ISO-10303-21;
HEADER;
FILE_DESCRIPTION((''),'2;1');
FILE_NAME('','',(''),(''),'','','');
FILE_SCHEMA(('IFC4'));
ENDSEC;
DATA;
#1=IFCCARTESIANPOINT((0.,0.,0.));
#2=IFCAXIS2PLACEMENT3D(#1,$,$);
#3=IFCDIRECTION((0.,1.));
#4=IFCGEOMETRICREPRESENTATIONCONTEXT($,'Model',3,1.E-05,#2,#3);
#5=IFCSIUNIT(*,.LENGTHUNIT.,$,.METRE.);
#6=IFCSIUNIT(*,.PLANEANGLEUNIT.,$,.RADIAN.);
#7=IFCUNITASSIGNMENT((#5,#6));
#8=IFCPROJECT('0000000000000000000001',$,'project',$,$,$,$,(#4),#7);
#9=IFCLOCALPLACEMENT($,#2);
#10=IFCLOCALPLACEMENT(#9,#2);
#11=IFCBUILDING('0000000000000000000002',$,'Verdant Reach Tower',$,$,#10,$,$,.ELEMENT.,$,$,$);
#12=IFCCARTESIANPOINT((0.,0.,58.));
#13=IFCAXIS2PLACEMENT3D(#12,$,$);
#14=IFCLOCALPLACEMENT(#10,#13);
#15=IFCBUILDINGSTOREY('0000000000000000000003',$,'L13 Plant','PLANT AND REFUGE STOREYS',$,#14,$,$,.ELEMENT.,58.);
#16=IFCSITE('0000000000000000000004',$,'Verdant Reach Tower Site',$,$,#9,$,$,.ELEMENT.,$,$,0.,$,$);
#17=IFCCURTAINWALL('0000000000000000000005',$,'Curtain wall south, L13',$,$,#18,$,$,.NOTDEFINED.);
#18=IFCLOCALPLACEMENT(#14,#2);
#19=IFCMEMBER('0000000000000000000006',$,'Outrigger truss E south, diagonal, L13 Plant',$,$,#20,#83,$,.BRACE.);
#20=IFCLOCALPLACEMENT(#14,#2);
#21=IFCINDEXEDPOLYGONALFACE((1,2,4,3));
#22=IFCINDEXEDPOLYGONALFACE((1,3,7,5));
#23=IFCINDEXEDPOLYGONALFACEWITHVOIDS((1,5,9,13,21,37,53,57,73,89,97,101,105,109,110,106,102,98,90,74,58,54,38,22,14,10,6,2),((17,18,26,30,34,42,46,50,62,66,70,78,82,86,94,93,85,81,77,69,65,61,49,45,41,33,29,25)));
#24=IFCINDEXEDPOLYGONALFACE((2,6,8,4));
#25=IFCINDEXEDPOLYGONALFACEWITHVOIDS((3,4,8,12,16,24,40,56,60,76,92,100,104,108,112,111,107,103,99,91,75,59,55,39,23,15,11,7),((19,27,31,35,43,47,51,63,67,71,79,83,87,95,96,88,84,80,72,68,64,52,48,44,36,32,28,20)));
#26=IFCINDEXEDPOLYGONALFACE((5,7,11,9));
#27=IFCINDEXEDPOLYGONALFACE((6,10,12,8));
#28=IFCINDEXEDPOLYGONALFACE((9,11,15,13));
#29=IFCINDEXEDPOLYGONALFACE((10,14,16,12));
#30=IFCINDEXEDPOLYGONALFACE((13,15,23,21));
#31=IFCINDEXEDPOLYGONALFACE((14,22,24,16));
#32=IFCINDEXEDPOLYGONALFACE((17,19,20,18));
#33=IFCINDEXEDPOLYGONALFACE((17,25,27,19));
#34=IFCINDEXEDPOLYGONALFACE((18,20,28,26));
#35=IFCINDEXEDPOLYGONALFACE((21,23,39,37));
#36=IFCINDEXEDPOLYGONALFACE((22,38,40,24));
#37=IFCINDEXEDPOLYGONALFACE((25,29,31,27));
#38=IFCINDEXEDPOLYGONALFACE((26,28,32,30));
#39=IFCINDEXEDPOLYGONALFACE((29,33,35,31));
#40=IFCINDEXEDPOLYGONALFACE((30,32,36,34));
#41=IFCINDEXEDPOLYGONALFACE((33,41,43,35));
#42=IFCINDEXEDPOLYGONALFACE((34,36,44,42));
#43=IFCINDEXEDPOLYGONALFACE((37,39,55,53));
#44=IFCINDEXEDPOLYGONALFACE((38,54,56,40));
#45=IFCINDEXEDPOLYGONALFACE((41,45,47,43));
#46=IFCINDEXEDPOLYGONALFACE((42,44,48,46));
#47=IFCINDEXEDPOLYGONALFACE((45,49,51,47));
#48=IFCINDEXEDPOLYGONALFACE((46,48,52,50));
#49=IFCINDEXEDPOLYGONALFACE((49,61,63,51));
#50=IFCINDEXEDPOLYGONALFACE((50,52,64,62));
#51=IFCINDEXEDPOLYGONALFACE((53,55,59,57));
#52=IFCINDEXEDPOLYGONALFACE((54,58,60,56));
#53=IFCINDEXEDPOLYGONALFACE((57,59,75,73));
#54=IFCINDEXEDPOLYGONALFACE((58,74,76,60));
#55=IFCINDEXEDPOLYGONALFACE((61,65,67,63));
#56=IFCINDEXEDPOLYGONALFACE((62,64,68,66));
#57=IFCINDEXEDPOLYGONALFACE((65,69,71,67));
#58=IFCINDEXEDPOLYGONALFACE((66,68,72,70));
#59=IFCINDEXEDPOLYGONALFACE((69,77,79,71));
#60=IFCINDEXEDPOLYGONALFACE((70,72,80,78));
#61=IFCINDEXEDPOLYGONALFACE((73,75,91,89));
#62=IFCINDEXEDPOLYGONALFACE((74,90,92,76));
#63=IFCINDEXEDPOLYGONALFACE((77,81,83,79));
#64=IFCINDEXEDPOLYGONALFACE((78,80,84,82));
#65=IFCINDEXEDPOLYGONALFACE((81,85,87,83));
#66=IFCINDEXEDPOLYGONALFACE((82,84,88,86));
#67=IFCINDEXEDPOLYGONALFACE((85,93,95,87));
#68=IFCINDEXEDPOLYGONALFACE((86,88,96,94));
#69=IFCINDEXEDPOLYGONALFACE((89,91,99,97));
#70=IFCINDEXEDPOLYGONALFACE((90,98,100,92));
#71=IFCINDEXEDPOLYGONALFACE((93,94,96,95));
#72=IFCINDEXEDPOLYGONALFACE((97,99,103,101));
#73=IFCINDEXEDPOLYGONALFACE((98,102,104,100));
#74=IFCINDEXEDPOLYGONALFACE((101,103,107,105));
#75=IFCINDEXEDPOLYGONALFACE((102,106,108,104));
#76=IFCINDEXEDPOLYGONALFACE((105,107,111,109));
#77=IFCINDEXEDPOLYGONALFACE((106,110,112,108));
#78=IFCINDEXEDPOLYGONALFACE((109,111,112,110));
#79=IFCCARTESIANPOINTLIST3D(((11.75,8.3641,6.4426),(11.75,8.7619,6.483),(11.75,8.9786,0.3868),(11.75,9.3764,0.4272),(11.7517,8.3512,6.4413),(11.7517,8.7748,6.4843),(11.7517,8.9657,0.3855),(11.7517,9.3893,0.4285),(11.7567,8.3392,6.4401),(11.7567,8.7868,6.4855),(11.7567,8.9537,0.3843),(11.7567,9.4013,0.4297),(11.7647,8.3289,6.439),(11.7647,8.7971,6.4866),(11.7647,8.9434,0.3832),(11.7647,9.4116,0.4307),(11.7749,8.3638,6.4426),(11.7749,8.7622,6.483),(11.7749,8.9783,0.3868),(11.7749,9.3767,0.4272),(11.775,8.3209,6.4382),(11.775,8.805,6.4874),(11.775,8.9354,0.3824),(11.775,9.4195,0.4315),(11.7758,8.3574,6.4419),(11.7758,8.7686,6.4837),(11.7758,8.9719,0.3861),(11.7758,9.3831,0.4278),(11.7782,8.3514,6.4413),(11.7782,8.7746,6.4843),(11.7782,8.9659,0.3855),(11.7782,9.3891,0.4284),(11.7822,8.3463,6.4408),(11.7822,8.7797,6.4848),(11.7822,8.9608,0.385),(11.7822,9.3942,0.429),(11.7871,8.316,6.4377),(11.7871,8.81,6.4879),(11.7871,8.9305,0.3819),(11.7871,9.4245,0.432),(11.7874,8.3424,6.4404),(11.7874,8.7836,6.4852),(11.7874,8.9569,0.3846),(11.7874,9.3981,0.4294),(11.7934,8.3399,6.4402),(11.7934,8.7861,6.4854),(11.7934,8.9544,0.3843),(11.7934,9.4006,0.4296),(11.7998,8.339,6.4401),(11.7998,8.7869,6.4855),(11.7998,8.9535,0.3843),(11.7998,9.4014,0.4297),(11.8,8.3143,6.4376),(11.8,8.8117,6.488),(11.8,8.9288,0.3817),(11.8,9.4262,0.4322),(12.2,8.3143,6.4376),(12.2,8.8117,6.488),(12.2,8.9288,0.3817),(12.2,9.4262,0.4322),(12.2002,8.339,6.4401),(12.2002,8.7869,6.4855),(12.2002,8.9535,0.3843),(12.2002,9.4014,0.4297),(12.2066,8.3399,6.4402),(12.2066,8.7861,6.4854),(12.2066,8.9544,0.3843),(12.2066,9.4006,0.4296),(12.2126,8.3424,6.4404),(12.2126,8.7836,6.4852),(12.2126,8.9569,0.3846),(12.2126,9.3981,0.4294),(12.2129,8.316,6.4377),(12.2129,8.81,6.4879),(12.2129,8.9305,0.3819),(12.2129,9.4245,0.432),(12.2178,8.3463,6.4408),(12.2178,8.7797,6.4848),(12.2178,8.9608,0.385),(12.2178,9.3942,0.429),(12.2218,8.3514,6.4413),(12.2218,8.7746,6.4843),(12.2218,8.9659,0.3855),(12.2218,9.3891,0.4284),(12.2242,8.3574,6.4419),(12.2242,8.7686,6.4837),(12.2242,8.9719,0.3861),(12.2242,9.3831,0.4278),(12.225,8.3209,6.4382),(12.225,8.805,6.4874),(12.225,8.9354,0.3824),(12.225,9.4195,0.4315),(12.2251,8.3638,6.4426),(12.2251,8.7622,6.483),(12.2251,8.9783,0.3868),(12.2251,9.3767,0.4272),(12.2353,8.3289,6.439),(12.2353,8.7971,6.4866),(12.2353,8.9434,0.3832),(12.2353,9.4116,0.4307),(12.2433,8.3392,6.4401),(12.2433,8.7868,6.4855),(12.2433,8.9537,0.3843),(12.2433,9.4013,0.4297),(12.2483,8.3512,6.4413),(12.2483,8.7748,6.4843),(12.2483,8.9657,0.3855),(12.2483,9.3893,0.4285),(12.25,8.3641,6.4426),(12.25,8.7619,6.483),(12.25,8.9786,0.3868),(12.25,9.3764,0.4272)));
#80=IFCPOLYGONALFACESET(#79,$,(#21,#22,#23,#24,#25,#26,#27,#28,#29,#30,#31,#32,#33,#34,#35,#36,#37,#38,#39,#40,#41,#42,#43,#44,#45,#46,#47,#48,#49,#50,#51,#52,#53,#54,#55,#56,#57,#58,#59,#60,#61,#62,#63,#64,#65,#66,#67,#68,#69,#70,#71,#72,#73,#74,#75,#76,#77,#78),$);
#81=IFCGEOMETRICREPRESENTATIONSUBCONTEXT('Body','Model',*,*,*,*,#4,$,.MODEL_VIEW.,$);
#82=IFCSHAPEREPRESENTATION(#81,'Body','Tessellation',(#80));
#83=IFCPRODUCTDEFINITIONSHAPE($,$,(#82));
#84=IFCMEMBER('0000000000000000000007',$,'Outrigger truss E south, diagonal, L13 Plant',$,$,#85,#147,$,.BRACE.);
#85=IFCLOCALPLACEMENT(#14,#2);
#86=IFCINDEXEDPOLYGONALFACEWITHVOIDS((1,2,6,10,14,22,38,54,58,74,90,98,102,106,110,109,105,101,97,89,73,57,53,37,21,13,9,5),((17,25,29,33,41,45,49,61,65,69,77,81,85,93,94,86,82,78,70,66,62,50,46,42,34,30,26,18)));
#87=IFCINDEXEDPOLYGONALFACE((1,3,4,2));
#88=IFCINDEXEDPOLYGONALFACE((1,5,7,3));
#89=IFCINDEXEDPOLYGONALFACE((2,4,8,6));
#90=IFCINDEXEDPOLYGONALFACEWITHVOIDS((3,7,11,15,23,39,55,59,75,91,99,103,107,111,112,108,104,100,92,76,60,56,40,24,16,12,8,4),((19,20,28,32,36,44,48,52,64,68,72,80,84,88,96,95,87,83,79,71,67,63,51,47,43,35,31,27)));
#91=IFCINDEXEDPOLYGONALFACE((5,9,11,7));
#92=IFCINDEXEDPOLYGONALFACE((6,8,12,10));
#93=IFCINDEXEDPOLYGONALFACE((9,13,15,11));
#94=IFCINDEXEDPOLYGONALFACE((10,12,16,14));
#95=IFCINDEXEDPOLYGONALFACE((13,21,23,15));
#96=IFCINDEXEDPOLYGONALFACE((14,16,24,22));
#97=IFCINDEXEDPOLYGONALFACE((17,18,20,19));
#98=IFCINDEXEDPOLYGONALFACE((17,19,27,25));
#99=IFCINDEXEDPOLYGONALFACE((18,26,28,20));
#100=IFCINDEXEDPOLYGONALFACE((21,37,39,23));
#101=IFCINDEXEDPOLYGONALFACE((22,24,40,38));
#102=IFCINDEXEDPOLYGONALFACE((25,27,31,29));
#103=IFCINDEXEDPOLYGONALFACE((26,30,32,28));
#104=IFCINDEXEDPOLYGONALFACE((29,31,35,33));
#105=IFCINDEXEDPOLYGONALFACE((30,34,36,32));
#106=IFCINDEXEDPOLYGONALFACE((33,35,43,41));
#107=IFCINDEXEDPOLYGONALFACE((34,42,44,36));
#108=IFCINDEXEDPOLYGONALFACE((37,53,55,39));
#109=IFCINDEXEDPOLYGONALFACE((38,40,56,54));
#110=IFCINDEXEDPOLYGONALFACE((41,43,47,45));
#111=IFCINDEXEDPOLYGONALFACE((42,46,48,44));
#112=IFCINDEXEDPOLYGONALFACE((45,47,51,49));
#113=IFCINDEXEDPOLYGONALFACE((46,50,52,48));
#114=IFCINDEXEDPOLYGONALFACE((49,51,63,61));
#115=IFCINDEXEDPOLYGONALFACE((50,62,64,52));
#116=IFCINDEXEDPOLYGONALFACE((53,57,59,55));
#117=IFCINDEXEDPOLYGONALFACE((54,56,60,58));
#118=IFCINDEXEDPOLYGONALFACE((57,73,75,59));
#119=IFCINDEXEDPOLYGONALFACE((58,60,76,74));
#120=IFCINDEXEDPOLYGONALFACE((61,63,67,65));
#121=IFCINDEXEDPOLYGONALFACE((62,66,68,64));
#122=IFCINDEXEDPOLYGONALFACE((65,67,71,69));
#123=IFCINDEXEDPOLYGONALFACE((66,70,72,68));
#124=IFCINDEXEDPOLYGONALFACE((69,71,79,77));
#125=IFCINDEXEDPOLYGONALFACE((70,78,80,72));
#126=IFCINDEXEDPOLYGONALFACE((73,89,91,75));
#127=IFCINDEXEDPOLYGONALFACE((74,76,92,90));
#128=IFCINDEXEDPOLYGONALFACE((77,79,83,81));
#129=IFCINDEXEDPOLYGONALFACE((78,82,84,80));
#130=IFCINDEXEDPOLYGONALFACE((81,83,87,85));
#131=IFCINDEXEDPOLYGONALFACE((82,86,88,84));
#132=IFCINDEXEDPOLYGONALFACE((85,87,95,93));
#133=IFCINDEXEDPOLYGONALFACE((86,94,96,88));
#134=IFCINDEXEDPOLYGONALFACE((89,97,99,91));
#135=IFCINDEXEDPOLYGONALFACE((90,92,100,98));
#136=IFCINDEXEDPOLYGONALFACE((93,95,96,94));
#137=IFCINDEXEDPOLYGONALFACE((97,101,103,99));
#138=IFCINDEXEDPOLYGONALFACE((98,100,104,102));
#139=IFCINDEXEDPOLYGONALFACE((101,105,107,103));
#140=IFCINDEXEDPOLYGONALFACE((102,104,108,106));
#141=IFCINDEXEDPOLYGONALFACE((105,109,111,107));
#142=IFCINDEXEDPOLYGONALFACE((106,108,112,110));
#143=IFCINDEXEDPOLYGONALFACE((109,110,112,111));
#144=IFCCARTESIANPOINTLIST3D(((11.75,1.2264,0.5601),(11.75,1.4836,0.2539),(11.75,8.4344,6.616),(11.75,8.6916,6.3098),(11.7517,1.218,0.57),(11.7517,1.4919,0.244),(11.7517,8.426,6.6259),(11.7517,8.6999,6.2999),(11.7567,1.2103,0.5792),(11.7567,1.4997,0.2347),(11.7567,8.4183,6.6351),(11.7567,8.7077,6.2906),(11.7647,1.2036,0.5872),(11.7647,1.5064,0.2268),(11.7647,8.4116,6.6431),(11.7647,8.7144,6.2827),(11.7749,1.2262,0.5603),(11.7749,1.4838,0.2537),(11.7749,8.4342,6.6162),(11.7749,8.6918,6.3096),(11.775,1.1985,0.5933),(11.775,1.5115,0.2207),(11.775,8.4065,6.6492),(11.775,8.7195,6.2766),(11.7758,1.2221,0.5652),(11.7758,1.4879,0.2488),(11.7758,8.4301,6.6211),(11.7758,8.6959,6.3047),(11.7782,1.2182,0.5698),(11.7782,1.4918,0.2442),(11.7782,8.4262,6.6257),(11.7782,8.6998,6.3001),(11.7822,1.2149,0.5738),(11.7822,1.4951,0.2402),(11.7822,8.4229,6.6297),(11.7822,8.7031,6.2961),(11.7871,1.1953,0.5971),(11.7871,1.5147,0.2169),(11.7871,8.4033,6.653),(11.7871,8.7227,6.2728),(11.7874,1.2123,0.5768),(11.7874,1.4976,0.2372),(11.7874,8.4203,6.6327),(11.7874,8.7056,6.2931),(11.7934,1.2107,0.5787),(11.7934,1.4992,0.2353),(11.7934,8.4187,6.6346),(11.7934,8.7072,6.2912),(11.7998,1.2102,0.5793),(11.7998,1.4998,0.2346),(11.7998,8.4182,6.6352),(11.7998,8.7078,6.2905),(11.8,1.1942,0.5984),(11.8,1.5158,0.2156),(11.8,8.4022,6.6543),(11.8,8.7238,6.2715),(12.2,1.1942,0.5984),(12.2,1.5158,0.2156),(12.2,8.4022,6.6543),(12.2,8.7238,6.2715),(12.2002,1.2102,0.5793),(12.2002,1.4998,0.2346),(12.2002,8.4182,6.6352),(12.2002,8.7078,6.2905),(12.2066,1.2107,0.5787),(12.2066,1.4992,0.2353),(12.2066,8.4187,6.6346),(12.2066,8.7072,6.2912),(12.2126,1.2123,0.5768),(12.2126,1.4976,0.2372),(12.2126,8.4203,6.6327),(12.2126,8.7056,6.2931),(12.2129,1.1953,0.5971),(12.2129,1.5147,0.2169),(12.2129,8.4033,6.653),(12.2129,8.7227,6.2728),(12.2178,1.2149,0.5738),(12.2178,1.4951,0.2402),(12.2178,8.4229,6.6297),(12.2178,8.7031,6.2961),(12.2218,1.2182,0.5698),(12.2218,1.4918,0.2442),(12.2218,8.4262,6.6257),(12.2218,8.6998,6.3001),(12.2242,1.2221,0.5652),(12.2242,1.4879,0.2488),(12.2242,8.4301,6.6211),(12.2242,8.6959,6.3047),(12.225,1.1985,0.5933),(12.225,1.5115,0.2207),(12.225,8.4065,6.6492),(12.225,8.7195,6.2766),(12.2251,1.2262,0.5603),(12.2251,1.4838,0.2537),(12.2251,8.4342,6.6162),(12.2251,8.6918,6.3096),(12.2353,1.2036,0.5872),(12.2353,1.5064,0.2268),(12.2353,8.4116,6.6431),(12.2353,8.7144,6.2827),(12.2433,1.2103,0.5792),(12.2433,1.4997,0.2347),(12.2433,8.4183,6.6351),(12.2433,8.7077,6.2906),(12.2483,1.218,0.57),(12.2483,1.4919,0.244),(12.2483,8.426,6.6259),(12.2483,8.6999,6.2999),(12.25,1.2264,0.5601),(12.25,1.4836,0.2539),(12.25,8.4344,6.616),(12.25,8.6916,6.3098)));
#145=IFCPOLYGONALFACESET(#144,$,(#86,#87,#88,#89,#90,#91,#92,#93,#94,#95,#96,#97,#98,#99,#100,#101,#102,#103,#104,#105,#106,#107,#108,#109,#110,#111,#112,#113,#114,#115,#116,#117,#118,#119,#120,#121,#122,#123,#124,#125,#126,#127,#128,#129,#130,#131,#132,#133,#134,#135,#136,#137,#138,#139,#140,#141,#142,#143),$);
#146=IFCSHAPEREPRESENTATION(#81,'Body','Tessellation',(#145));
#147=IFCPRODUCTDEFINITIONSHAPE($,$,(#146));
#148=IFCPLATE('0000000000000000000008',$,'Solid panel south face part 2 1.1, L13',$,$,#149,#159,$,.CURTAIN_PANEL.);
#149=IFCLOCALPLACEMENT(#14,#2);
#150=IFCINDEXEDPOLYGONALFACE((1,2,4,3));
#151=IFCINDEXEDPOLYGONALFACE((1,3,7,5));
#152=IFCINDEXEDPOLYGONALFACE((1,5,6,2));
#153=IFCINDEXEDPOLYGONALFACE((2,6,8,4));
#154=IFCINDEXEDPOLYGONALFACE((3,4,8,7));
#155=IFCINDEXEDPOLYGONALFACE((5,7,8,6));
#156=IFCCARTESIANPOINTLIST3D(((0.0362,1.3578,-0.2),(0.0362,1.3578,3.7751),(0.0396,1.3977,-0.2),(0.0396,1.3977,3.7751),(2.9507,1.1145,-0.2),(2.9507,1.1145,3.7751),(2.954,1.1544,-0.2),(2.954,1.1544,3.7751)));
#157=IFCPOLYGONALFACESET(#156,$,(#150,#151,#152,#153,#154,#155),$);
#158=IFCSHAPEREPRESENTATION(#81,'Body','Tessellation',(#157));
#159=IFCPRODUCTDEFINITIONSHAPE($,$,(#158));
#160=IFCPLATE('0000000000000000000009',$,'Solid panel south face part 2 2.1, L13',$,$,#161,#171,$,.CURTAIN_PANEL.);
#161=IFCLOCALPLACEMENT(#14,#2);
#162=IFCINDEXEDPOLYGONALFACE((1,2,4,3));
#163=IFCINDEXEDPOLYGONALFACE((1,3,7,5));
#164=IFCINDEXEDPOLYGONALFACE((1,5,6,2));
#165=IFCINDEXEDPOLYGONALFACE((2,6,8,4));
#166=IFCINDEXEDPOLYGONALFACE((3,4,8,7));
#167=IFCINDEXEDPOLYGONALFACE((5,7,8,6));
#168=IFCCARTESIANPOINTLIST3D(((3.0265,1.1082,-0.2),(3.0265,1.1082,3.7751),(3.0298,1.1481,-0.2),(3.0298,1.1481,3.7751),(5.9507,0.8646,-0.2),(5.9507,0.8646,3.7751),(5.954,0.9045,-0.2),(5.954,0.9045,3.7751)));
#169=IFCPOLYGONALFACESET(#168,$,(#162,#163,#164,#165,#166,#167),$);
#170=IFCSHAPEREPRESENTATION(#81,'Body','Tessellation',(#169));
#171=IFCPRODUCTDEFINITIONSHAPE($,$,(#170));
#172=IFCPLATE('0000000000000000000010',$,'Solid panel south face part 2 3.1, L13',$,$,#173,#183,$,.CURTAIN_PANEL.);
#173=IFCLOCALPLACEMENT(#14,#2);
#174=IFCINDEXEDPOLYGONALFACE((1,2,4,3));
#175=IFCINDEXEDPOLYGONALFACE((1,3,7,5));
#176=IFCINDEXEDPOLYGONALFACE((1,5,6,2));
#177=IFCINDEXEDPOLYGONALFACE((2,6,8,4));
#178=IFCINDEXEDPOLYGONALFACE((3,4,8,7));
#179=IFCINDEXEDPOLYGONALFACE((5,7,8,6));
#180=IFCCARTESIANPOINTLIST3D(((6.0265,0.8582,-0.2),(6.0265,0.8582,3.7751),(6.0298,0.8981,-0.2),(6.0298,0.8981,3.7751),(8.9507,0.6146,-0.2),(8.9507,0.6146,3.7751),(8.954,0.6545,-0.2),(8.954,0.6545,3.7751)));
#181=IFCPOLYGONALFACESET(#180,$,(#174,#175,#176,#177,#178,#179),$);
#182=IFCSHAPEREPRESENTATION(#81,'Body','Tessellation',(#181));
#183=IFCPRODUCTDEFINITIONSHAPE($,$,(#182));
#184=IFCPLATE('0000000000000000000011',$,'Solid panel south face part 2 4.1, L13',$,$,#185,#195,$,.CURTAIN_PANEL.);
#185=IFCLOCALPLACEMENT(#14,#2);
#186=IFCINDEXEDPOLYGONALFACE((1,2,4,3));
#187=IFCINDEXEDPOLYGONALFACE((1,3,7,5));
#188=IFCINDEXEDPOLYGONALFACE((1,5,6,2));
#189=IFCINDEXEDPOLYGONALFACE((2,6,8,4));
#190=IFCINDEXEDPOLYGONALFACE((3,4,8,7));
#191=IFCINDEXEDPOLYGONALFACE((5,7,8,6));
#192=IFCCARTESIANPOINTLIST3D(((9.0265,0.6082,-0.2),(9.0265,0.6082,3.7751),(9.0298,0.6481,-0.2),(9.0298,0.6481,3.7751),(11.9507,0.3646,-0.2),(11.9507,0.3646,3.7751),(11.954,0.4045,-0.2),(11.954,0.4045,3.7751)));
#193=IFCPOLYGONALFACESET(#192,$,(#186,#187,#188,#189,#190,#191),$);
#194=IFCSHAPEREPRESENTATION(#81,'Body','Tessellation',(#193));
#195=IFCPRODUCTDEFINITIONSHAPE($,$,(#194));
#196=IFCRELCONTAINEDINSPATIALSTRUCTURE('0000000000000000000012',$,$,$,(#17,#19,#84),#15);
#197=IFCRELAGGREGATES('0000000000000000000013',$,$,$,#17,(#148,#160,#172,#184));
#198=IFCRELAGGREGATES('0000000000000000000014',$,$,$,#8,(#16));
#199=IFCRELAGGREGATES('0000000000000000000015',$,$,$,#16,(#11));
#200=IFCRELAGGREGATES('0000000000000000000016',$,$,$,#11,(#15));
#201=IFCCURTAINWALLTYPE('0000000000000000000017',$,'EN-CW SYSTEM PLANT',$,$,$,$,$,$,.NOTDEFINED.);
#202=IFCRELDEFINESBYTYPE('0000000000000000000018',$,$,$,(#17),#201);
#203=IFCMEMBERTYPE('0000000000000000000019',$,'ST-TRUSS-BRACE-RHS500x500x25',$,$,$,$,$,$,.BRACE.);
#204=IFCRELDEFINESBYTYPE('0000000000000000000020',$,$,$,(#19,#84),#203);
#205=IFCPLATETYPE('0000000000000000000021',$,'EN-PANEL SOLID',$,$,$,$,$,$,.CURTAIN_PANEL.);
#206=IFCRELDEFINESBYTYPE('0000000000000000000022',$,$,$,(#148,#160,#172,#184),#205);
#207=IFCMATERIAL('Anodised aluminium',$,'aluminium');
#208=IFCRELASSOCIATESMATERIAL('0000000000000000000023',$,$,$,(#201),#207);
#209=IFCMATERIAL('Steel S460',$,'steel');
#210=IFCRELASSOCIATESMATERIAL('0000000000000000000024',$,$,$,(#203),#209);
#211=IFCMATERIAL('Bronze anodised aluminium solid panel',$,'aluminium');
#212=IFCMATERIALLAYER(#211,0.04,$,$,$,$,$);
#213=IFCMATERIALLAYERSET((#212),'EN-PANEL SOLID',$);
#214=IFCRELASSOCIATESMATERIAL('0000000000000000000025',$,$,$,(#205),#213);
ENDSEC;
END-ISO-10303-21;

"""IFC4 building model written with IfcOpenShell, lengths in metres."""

from ifc_helpers import new_model, si_unit, direction, frame, origin, origin_2d, place, context, subcontext, project, spatial, rectangle, hollow_rectangle, extrude, material, layer, layer_set, material_profile, profile_set, type_object, element, aggregate, save


model = new_model("IFC4")

# Units and contexts
model_context = context("Model", 3, precision=1e-05, world=origin(), true_north=direction((0.0, 1.0)))
body_context = subcontext(model_context, "Body", "Model", "MODEL_VIEW")
ifc_project = project(units=[si_unit("LENGTHUNIT", "METRE"), si_unit("PLANEANGLEUNIT", "RADIAN")], contexts=[model_context])

# Site, building, storey
site_placement = place(None, origin())
site = spatial("IfcSite", under=ifc_project, at=site_placement, Name="Verdant Reach Tower Site", CompositionType="ELEMENT", RefElevation=0.0)
building_placement = place(site_placement, origin())
building = spatial("IfcBuilding", under=site, at=building_placement, Name="Verdant Reach Tower", CompositionType="ELEMENT")
storey_placement = place(building_placement, frame((0.0, 0.0, 58.0)))
storey = spatial("IfcBuildingStorey", under=building, at=storey_placement, Name="L13 Plant", Description="PLANT AND REFUGE STOREYS", CompositionType="ELEMENT", Elevation=58.0)

# Shared definitions
ifc_material_1 = material(Name="Steel S460", Category="steel")

# Curtain wall
ifc_material_2 = material(Name="Anodised aluminium", Category="aluminium")
curtain_wall_type = type_object("IfcCurtainWallType", Name="EN-CW SYSTEM PLANT", PredefinedType="NOTDEFINED", material=ifc_material_2)
curtain_wall_placement = place(storey_placement, origin())
curtain_wall = element("IfcCurtainWall", 1, at=curtain_wall_placement, inside=storey, type_object=curtain_wall_type, Name="Curtain wall south, L13", PredefinedType="NOTDEFINED")

# Members
ifc_material_profile_1 = material_profile(ifc_material_1, hollow_rectangle(XDim=0.5, YDim=0.5, WallThickness=0.0249, InnerFilletRadius=0.0249, OuterFilletRadius=0.05, at=origin_2d()), Name="RHS 500x500x25")
ifc_profile_set_1 = profile_set([ifc_material_profile_1], Name="Steel S460")
member_type_1 = type_object("IfcMemberType", Name="ST-TRUSS-BRACE-RHS500x500x25", PredefinedType="BRACE", material=ifc_profile_set_1)
member_1_placement = place(storey_placement, frame((12.0, 9.1775, 0.407), z_axis=(0.0, -0.100953, 0.994891), x_axis=(1.0, 0.0, 0.0)))
element("IfcMember", 2, at=member_1_placement, inside=storey, type_object=member_type_1, Name="Outrigger truss E south, diagonal, L13 Plant", PredefinedType="BRACE", context=body_context, shape_type="SweptSolid", body=[
    extrude(hollow_rectangle(XDim=0.5, YDim=0.5, WallThickness=0.0249, InnerFilletRadius=0.0249, OuterFilletRadius=0.05, at=origin_2d()), origin(), (0.0, 0.0, 1.0), 6.0869),
])
member_2_placement = place(storey_placement, frame((12.0, 8.563, 6.4629), z_axis=(0.0, -0.765643, -0.643266), x_axis=(1.0, 0.0, 0.0)))
element("IfcMember", 3, at=member_2_placement, inside=storey, type_object=member_type_1, Name="Outrigger truss E south, diagonal, L13 Plant", PredefinedType="BRACE", context=body_context, shape_type="SweptSolid", body=[
    extrude(hollow_rectangle(XDim=0.5, YDim=0.5, WallThickness=0.0249, InnerFilletRadius=0.0249, OuterFilletRadius=0.05, at=origin_2d()), origin(), (0.0, 0.0, 1.0), 9.4143),
])

# Plates
ifc_material_3 = material(Name="Bronze anodised aluminium solid panel", Category="aluminium")
ifc_layer_1 = layer(ifc_material_3, 0.04)
ifc_layer_set_1 = layer_set([ifc_layer_1], Name="EN-PANEL SOLID")
plate_type_1 = type_object("IfcPlateType", Name="EN-PANEL SOLID", PredefinedType="CURTAIN_PANEL", material=ifc_layer_set_1)
plate_1_placement = place(storey_placement, frame((1.4951, 1.2561, -0.2), z_axis=(0.0, 0.0, 1.0), x_axis=(0.996534, -0.083182, 0.0)))
plate_1 = element("IfcPlate", 4, at=plate_1_placement, type_object=plate_type_1, Name="Solid panel south face part 2 1.1, L13", PredefinedType="CURTAIN_PANEL", context=body_context, shape_type="SweptSolid", body=[
    extrude(rectangle(XDim=2.9246, YDim=0.04, at=origin_2d()), origin(), (0.0, 0.0, 1.0), 3.9751),
])
plate_2_placement = place(storey_placement, frame((4.4902, 1.0063, -0.2), z_axis=(0.0, 0.0, 1.0), x_axis=(0.996546, -0.083045, 0.0)))
plate_2 = element("IfcPlate", 5, at=plate_2_placement, type_object=plate_type_1, Name="Solid panel south face part 2 2.1, L13", PredefinedType="CURTAIN_PANEL", context=body_context, shape_type="SweptSolid", body=[
    extrude(rectangle(XDim=2.9343, YDim=0.04, at=origin_2d()), origin(), (0.0, 0.0, 1.0), 3.9751),
])
plate_3_placement = place(storey_placement, frame((7.4902, 0.7563, -0.2), z_axis=(0.0, 0.0, 1.0), x_axis=(0.996546, -0.083045, 0.0)))
plate_3 = element("IfcPlate", 6, at=plate_3_placement, type_object=plate_type_1, Name="Solid panel south face part 2 3.1, L13", PredefinedType="CURTAIN_PANEL", context=body_context, shape_type="SweptSolid", body=[
    extrude(rectangle(XDim=2.9343, YDim=0.04, at=origin_2d()), origin(), (0.0, 0.0, 1.0), 3.9751),
])
plate_4_placement = place(storey_placement, frame((10.4902, 0.5063, -0.2), z_axis=(0.0, 0.0, 1.0), x_axis=(0.996546, -0.083045, 0.0)))
plate_4 = element("IfcPlate", 7, at=plate_4_placement, type_object=plate_type_1, Name="Solid panel south face part 2 4.1, L13", PredefinedType="CURTAIN_PANEL", context=body_context, shape_type="SweptSolid", body=[
    extrude(rectangle(XDim=2.9343, YDim=0.04, at=origin_2d()), origin(), (0.0, 0.0, 1.0), 3.9751),
])

aggregate(curtain_wall, [plate_1, plate_2, plate_3, plate_4])

save(model, "model.ifc")
